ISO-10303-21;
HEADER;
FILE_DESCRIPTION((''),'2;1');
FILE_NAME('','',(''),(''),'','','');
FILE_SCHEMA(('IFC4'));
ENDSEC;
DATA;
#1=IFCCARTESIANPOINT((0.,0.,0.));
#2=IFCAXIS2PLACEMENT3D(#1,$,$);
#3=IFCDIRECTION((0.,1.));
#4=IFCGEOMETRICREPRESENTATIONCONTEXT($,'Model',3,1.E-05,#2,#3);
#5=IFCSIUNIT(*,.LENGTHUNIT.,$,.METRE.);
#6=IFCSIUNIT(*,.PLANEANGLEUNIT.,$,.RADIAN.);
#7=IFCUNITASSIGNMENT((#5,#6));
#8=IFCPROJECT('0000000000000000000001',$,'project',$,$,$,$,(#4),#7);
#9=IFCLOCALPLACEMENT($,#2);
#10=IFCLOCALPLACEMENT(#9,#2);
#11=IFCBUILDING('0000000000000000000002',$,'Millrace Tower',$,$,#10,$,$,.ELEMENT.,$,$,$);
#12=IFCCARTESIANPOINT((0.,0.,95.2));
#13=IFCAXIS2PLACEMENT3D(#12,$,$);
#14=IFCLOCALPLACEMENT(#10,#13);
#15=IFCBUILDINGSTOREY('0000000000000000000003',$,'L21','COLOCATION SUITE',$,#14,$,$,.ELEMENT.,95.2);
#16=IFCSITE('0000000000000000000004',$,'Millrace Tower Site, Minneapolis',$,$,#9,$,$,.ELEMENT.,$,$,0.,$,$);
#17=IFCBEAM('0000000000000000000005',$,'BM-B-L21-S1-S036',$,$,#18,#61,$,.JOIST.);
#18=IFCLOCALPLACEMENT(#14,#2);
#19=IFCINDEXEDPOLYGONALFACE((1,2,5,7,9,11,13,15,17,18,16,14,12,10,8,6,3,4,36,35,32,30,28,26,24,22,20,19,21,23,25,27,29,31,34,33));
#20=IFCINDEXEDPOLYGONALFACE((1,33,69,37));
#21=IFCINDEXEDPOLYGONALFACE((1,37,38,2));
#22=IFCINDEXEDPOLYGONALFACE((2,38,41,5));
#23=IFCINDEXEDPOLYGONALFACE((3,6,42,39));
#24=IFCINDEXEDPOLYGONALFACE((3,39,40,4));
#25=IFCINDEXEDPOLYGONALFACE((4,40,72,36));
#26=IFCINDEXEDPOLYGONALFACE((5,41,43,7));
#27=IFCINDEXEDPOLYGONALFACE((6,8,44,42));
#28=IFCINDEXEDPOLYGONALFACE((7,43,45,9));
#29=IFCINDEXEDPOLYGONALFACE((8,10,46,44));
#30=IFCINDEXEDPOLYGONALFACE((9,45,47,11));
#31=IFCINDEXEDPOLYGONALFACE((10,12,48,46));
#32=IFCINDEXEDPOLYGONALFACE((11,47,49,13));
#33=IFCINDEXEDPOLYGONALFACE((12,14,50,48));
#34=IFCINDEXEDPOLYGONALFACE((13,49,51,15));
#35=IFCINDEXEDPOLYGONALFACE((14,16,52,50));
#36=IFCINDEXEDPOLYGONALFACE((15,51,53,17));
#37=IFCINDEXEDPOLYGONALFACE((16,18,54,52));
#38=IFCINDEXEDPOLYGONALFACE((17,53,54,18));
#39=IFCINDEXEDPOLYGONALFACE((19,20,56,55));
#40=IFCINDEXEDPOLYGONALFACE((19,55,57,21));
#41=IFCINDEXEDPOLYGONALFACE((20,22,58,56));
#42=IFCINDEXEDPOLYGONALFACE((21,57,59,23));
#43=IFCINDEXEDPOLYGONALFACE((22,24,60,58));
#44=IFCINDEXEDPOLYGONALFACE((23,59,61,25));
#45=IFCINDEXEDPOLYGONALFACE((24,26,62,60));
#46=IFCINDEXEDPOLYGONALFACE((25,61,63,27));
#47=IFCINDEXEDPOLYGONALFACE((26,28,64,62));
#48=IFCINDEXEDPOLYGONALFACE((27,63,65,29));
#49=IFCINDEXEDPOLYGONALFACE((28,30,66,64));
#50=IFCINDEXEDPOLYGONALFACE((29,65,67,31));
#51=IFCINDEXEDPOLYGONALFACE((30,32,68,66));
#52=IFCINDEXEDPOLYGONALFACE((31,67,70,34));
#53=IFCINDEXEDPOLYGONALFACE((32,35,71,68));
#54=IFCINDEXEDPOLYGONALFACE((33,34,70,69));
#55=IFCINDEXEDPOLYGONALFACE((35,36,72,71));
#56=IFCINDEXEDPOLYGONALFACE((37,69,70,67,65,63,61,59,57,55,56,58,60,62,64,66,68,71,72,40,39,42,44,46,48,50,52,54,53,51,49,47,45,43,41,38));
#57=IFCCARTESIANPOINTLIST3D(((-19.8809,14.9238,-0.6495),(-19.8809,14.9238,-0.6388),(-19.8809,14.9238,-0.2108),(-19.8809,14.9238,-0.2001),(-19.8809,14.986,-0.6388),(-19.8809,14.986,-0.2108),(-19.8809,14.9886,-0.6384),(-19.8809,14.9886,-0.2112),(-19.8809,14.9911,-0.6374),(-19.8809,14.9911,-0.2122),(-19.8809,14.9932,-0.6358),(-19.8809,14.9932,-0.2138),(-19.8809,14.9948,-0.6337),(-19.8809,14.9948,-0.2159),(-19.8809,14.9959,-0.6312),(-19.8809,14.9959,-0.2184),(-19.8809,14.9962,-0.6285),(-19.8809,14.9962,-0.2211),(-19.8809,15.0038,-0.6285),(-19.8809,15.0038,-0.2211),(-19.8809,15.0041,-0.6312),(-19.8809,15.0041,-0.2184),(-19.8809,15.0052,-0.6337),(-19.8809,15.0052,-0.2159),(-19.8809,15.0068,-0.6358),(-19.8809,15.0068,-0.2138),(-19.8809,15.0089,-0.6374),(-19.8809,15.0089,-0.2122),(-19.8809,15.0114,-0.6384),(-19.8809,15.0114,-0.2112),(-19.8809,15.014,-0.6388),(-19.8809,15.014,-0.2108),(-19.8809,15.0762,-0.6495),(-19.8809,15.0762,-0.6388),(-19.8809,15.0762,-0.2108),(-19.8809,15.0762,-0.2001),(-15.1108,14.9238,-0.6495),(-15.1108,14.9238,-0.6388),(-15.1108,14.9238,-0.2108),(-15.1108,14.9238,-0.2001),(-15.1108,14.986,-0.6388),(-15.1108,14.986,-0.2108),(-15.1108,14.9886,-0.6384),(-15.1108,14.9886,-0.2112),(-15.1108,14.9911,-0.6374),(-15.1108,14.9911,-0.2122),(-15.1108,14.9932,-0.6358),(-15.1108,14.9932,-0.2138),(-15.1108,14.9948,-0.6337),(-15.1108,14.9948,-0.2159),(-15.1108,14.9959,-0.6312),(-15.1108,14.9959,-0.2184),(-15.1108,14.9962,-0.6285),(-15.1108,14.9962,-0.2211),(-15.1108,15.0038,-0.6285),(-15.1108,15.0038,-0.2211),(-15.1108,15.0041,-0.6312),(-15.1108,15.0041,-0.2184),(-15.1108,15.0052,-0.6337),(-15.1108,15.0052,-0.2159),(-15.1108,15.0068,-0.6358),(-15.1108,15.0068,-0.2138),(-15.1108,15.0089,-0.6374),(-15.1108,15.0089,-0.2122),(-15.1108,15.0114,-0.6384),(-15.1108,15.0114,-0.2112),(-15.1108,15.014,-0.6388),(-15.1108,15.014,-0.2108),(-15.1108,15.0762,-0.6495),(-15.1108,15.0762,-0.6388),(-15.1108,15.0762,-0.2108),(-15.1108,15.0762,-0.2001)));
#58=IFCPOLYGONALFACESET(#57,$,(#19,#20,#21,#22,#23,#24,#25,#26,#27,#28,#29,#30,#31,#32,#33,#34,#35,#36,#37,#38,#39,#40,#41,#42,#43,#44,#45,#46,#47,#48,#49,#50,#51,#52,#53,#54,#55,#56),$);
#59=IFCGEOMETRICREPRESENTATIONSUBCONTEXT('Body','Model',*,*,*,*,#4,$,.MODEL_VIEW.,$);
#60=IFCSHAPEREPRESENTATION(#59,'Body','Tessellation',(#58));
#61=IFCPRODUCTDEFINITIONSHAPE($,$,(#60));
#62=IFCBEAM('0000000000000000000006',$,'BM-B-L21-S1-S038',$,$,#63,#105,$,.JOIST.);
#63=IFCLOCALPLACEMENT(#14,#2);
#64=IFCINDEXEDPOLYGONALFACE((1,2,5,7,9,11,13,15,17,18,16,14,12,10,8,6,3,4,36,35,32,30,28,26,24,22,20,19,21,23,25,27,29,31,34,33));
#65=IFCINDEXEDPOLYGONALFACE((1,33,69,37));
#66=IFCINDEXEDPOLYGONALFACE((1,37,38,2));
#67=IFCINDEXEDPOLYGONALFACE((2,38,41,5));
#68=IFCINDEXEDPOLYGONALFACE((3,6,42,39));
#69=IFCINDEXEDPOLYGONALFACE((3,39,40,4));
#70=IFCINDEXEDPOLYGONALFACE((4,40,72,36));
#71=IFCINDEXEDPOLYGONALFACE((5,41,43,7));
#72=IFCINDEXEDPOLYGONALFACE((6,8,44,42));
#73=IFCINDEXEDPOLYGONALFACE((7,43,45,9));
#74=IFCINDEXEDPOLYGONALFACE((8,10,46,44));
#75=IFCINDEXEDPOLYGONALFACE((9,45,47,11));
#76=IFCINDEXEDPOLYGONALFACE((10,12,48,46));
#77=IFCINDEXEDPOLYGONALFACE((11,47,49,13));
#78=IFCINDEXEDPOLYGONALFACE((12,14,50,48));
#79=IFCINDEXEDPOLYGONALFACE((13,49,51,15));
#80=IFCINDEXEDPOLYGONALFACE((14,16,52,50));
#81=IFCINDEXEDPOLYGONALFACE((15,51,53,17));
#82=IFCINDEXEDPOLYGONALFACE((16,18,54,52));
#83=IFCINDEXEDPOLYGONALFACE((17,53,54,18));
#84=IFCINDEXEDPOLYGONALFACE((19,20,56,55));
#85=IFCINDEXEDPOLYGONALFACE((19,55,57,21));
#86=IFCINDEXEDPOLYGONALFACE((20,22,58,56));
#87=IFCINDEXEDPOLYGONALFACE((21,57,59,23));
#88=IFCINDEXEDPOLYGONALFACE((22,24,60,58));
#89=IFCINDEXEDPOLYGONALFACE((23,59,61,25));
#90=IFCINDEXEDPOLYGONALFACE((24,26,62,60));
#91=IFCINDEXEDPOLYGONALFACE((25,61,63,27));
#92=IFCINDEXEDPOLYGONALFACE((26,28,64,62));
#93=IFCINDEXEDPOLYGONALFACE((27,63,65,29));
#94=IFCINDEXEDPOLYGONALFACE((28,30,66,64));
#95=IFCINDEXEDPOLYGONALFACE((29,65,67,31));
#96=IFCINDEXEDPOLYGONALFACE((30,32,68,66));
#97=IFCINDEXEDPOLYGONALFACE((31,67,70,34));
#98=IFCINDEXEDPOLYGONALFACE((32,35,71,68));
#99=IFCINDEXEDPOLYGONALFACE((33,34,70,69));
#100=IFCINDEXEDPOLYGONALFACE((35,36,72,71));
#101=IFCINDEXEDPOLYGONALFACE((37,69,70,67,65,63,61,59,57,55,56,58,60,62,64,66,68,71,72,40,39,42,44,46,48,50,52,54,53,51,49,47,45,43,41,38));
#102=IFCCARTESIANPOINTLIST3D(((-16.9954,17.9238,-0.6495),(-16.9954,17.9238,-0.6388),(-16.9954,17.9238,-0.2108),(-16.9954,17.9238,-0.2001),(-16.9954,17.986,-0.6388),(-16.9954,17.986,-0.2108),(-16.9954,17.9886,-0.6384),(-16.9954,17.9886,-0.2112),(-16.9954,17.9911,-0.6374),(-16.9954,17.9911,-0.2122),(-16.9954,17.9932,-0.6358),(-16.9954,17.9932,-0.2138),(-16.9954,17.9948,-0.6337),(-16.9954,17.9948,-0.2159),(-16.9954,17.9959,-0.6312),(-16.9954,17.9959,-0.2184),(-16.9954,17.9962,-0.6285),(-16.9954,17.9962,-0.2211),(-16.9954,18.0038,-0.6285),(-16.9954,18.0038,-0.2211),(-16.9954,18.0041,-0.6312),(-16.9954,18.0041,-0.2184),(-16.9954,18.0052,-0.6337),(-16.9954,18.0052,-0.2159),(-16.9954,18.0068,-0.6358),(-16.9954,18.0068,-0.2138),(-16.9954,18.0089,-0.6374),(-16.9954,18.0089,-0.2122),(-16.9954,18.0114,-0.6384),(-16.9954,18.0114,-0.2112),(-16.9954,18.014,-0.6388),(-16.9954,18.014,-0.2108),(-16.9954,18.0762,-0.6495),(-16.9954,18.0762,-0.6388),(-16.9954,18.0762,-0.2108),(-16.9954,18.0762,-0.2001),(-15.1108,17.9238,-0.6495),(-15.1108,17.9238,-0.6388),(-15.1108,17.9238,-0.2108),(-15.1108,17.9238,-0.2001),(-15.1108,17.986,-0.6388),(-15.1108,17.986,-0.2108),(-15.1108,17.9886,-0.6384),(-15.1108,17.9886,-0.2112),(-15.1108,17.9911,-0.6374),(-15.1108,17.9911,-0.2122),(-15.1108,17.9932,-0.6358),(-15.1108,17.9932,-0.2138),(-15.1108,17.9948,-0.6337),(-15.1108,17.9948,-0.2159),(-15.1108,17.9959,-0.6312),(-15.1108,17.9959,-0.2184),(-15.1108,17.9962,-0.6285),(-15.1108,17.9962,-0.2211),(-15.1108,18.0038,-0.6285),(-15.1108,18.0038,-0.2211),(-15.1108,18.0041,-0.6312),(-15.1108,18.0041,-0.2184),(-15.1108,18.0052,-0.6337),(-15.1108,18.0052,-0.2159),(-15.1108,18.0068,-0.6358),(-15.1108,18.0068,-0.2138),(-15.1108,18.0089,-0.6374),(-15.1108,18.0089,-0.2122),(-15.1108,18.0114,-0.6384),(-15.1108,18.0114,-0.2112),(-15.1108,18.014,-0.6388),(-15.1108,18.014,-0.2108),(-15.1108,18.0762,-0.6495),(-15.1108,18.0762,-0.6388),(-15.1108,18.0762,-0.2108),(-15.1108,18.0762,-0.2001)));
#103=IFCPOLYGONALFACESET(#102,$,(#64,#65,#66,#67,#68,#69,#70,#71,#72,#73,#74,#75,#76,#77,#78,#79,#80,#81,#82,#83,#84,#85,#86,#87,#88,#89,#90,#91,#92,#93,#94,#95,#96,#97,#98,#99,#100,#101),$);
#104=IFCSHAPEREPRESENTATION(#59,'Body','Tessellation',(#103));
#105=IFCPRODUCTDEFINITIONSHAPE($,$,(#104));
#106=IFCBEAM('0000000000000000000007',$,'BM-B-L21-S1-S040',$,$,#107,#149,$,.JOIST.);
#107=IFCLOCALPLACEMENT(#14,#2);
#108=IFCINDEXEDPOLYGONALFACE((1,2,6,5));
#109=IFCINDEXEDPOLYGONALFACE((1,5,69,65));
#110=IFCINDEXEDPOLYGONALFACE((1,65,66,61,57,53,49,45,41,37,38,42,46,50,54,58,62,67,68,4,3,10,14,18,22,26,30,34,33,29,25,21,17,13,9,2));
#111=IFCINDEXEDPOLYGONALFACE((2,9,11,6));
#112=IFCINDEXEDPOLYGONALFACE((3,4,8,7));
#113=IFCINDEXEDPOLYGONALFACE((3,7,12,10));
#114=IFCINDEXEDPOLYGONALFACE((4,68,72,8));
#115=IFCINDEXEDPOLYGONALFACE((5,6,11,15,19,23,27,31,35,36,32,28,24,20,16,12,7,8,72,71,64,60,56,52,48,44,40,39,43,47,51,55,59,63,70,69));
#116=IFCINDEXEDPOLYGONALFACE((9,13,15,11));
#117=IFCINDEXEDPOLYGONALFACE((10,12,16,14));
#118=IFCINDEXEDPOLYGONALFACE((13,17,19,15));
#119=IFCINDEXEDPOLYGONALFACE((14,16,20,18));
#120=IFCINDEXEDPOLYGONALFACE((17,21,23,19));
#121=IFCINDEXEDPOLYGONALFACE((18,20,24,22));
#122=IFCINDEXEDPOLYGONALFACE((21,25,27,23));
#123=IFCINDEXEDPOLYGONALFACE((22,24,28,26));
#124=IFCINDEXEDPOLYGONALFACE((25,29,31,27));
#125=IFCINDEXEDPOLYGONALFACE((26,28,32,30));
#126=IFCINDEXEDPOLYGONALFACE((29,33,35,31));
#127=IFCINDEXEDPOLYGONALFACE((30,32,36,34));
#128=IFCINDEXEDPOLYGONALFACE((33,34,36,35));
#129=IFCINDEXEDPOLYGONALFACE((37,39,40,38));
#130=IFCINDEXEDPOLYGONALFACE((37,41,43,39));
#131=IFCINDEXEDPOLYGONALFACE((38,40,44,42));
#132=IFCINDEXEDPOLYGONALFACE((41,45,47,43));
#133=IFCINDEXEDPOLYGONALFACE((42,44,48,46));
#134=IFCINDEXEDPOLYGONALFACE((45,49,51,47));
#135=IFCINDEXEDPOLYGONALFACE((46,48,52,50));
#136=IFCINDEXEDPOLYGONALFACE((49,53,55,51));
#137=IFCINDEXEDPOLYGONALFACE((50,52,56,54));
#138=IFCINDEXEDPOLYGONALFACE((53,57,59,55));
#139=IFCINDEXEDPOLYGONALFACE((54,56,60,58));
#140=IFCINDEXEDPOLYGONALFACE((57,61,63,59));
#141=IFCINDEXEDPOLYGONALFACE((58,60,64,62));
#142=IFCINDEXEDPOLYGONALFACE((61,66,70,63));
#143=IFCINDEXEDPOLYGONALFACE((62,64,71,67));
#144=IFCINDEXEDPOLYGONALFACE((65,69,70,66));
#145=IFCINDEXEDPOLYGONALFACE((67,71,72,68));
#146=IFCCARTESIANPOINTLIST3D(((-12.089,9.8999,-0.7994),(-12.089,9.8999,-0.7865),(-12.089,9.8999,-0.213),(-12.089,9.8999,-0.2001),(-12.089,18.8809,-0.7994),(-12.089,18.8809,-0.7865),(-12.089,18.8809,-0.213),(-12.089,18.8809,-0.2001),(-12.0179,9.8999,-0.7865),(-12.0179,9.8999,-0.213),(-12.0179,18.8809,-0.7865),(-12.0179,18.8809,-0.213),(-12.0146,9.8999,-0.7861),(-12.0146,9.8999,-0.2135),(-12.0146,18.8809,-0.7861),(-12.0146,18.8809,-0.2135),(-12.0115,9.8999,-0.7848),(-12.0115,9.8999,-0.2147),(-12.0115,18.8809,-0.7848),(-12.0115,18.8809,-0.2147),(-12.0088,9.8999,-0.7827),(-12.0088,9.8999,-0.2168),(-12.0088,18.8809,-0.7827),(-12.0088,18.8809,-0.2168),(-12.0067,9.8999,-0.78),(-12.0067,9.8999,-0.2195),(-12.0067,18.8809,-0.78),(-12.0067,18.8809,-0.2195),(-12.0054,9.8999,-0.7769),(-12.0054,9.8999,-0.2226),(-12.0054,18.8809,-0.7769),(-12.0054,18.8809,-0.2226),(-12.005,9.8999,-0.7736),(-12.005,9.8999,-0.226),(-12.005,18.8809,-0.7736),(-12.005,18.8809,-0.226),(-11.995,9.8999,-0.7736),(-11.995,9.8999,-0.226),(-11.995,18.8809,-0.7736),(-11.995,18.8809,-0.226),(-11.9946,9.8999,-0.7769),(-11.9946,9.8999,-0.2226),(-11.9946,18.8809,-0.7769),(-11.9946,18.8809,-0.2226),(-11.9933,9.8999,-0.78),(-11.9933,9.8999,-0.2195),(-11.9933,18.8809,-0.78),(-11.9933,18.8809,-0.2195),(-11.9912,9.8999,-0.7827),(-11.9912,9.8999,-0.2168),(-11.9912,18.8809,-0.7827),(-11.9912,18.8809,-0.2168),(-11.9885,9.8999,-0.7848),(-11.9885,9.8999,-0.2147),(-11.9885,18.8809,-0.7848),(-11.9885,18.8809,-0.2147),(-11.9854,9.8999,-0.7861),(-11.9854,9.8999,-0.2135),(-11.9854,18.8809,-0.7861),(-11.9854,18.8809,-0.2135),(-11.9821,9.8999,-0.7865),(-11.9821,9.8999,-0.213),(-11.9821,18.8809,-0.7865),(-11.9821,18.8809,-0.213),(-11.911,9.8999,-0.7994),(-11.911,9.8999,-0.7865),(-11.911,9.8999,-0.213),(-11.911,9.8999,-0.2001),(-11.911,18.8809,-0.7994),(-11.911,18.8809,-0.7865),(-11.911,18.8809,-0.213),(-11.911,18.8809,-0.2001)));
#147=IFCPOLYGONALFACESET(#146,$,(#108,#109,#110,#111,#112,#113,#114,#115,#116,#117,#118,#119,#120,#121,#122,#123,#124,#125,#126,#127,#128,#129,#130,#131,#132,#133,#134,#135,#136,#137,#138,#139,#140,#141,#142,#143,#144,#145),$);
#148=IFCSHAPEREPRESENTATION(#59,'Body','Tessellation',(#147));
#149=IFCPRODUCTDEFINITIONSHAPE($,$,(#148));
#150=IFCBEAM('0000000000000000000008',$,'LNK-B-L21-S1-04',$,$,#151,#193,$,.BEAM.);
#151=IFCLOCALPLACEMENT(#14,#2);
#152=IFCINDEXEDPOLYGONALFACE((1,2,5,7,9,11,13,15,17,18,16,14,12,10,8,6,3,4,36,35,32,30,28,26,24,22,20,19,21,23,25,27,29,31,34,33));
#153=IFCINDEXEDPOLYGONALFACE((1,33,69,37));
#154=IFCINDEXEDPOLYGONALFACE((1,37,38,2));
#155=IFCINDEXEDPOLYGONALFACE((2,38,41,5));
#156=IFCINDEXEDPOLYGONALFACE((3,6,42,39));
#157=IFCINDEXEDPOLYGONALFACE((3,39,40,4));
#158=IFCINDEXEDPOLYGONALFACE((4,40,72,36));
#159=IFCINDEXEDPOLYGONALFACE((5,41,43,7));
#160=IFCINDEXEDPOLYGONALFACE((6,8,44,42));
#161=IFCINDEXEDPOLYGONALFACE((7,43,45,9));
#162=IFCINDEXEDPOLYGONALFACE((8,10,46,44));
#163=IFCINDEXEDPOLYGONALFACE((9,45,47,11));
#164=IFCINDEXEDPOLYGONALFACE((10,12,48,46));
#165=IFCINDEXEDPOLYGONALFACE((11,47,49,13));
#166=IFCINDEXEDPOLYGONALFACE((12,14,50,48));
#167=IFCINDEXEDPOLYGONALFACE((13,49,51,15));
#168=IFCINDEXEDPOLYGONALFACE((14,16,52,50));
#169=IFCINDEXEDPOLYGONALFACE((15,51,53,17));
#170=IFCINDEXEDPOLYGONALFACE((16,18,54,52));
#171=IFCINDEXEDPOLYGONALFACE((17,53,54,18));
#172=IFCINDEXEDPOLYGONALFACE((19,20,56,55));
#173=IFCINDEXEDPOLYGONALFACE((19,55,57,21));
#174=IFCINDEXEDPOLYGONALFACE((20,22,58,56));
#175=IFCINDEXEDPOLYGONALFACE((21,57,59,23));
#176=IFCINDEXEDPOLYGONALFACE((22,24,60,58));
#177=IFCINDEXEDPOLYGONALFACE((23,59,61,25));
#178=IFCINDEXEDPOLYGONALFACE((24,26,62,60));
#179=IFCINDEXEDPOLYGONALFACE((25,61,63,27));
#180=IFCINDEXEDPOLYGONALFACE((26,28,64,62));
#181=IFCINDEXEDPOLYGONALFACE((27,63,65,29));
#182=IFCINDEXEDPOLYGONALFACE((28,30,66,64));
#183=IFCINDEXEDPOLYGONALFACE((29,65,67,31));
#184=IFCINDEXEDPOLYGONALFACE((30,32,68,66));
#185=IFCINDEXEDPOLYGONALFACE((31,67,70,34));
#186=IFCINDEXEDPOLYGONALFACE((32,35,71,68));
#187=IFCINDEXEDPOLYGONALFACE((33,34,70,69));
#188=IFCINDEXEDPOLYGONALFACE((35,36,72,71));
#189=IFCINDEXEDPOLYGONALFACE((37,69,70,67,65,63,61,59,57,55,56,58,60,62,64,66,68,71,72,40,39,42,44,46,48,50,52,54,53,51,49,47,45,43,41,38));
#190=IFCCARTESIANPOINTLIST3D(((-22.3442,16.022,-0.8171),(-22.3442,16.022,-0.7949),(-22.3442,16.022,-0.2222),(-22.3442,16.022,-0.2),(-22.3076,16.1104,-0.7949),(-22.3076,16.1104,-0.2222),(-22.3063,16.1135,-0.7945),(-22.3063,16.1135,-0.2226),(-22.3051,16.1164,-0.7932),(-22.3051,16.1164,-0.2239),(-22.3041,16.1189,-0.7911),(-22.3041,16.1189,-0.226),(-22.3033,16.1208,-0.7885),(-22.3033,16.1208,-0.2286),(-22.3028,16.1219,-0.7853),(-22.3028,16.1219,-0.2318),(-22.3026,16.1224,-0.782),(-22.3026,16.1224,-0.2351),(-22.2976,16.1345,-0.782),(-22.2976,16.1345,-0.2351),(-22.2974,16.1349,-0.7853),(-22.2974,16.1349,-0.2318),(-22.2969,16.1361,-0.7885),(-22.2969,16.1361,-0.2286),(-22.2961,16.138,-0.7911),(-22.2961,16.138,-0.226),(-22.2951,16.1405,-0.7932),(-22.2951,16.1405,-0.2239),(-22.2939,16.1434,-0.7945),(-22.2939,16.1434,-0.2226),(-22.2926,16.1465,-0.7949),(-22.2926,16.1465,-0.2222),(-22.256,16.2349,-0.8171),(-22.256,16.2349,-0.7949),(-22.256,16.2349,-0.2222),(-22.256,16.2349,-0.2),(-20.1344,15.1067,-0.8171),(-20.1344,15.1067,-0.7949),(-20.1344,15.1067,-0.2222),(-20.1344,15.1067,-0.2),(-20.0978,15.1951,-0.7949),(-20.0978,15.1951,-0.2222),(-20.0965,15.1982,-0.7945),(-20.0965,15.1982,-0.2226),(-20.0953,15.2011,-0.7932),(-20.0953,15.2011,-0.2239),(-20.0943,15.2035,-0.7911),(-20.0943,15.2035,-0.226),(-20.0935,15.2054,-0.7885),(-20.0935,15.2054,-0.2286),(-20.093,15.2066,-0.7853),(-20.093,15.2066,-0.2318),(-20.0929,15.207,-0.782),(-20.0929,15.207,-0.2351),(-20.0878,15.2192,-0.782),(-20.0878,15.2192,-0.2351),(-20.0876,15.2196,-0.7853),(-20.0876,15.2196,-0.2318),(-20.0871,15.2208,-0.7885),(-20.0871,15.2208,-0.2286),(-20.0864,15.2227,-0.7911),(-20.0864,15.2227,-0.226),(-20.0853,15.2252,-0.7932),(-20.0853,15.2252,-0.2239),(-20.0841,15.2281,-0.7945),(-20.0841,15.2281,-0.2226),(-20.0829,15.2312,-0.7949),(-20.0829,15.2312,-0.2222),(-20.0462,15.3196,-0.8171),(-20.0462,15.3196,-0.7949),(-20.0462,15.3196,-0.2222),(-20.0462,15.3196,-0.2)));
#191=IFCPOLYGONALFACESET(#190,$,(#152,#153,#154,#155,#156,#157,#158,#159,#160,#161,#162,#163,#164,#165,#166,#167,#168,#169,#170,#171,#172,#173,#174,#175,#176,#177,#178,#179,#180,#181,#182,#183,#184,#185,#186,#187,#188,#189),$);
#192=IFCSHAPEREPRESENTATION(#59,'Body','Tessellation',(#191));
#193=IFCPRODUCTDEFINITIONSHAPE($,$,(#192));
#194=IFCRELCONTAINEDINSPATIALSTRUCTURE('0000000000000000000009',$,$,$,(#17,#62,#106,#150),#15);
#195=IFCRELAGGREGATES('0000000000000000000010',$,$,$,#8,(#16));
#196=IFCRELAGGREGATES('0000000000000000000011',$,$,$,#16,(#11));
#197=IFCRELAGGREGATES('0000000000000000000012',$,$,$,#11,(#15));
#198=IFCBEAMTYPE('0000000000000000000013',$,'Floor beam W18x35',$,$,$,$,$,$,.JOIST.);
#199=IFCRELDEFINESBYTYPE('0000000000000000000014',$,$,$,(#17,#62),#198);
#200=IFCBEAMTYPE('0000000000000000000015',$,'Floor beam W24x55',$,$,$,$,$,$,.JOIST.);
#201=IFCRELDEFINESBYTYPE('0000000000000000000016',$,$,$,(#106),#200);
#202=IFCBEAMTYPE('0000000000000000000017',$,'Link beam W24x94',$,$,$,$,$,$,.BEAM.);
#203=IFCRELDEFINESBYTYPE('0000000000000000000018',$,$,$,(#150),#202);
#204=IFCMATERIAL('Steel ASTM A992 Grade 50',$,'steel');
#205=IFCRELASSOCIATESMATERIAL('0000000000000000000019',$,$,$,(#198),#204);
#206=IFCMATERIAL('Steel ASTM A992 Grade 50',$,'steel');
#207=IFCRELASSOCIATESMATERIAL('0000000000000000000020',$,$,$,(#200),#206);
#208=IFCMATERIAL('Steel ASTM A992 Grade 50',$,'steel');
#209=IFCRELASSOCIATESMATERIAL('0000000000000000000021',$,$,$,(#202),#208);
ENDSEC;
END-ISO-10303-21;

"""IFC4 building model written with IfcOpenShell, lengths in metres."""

from ifc_helpers import new_model, si_unit, direction, frame, origin, origin_2d, place, context, subcontext, project, spatial, i_section, extrude, material, material_profile, profile_set, type_object, element, save


model = new_model("IFC4")

# Units and contexts
model_context = context("Model", 3, precision=1e-05, world=origin(), true_north=direction((0.0, 1.0)))
body_context = subcontext(model_context, "Body", "Model", "MODEL_VIEW")
ifc_project = project(units=[si_unit("LENGTHUNIT", "METRE"), si_unit("PLANEANGLEUNIT", "RADIAN")], contexts=[model_context])

# Site, building, storey
site_placement = place(None, origin())
site = spatial("IfcSite", under=ifc_project, at=site_placement, Name="Millrace Tower Site, Minneapolis", CompositionType="ELEMENT", RefElevation=0.0)
building_placement = place(site_placement, origin())
building = spatial("IfcBuilding", under=site, at=building_placement, Name="Millrace Tower", CompositionType="ELEMENT")
storey_placement = place(building_placement, frame((0.0, 0.0, 95.2)))
storey = spatial("IfcBuildingStorey", under=building, at=storey_placement, Name="L21", Description="COLOCATION SUITE", CompositionType="ELEMENT", Elevation=95.2)

# Beams
ifc_material_1 = material(Name="Steel ASTM A992 Grade 50", Category="steel")
ifc_material_profile_1 = material_profile(ifc_material_1, i_section(OverallWidth=0.1523, OverallDepth=0.4495, WebThickness=0.0076, FlangeThickness=0.0107, FilletRadius=0.0103, at=origin_2d()))
ifc_profile_set_1 = profile_set([ifc_material_profile_1], Name="Steel ASTM A992 Grade 50")
beam_type_1 = type_object("IfcBeamType", Name="Floor beam W18x35", PredefinedType="JOIST", material=ifc_profile_set_1)
for number, where, z_axis, x_axis, name in (
    (1, (-19.8809, 15.0, -0.4248), (1.0, 0.0, 0.0), (0.0, 1.0, 0.0), "BM-B-L21-S1-S036"),
):
    element("IfcBeam", number, at=place(storey_placement, frame(where, z_axis=z_axis, x_axis=x_axis)), inside=storey, type_object=beam_type_1, Name=name, PredefinedType="JOIST", context=body_context, shape_type="SweptSolid", body=[
        extrude(i_section(OverallWidth=0.1523, OverallDepth=0.4495, WebThickness=0.0076, FlangeThickness=0.0107, FilletRadius=0.0103, at=origin_2d()), origin(), (0.0, 0.0, 1.0), 4.77),
    ])
beam_1_placement = place(storey_placement, frame((-16.9954, 18.0, -0.4248), z_axis=(1.0, 0.0, 0.0), x_axis=(0.0, 1.0, 0.0)))
element("IfcBeam", 2, at=beam_1_placement, inside=storey, type_object=beam_type_1, Name="BM-B-L21-S1-S038", PredefinedType="JOIST", context=body_context, shape_type="SweptSolid", body=[
    extrude(i_section(OverallWidth=0.1523, OverallDepth=0.4495, WebThickness=0.0076, FlangeThickness=0.0107, FilletRadius=0.0103, at=origin_2d()), origin(), (0.0, 0.0, 1.0), 1.8845),
])
ifc_material_2 = material(Name="Steel ASTM A992 Grade 50", Category="steel")
ifc_material_profile_2 = material_profile(ifc_material_2, i_section(OverallWidth=0.178, OverallDepth=0.5994, WebThickness=0.01, FlangeThickness=0.0129, FilletRadius=0.0129, at=origin_2d()))
ifc_profile_set_2 = profile_set([ifc_material_profile_2], Name="Steel ASTM A992 Grade 50")
beam_type_2 = type_object("IfcBeamType", Name="Floor beam W24x55", PredefinedType="JOIST", material=ifc_profile_set_2)
beam_2_placement = place(storey_placement, frame((-12.0, 9.8999, -0.4998), z_axis=(0.0, 1.0, 0.0), x_axis=(-1.0, 0.0, 0.0)))
element("IfcBeam", 3, at=beam_2_placement, inside=storey, type_object=beam_type_2, Name="BM-B-L21-S1-S040", PredefinedType="JOIST", context=body_context, shape_type="SweptSolid", body=[
    extrude(i_section(OverallWidth=0.178, OverallDepth=0.5994, WebThickness=0.01, FlangeThickness=0.0129, FilletRadius=0.0129, at=origin_2d()), origin(), (0.0, 0.0, 1.0), 8.981),
])
ifc_material_3 = material(Name="Steel ASTM A992 Grade 50", Category="steel")
ifc_material_profile_3 = material_profile(ifc_material_3, i_section(OverallWidth=0.2305, OverallDepth=0.6172, WebThickness=0.0132, FlangeThickness=0.0222, FilletRadius=0.0129, at=origin_2d()))
ifc_profile_set_3 = profile_set([ifc_material_profile_3], Name="Steel ASTM A992 Grade 50")
beam_type_3 = type_object("IfcBeamType", Name="Link beam W24x94", PredefinedType="BEAM", material=ifc_profile_set_3)
for number, where, z_axis, x_axis, name in (
    (4, (-20.0903, 15.2131, -0.5085), (-0.923881, 0.382679, 0.0), (-0.382679, -0.923881, 0.0), "LNK-B-L21-S1-04"),
):
    element("IfcBeam", number, at=place(storey_placement, frame(where, z_axis=z_axis, x_axis=x_axis)), inside=storey, type_object=beam_type_3, Name=name, PredefinedType="BEAM", context=body_context, shape_type="SweptSolid", body=[
        extrude(i_section(OverallWidth=0.2305, OverallDepth=0.6172, WebThickness=0.0132, FlangeThickness=0.0222, FilletRadius=0.0129, at=origin_2d()), origin(), (0.0, 0.0, 1.0), 2.3918),
    ])

save(model, "model.ifc")
